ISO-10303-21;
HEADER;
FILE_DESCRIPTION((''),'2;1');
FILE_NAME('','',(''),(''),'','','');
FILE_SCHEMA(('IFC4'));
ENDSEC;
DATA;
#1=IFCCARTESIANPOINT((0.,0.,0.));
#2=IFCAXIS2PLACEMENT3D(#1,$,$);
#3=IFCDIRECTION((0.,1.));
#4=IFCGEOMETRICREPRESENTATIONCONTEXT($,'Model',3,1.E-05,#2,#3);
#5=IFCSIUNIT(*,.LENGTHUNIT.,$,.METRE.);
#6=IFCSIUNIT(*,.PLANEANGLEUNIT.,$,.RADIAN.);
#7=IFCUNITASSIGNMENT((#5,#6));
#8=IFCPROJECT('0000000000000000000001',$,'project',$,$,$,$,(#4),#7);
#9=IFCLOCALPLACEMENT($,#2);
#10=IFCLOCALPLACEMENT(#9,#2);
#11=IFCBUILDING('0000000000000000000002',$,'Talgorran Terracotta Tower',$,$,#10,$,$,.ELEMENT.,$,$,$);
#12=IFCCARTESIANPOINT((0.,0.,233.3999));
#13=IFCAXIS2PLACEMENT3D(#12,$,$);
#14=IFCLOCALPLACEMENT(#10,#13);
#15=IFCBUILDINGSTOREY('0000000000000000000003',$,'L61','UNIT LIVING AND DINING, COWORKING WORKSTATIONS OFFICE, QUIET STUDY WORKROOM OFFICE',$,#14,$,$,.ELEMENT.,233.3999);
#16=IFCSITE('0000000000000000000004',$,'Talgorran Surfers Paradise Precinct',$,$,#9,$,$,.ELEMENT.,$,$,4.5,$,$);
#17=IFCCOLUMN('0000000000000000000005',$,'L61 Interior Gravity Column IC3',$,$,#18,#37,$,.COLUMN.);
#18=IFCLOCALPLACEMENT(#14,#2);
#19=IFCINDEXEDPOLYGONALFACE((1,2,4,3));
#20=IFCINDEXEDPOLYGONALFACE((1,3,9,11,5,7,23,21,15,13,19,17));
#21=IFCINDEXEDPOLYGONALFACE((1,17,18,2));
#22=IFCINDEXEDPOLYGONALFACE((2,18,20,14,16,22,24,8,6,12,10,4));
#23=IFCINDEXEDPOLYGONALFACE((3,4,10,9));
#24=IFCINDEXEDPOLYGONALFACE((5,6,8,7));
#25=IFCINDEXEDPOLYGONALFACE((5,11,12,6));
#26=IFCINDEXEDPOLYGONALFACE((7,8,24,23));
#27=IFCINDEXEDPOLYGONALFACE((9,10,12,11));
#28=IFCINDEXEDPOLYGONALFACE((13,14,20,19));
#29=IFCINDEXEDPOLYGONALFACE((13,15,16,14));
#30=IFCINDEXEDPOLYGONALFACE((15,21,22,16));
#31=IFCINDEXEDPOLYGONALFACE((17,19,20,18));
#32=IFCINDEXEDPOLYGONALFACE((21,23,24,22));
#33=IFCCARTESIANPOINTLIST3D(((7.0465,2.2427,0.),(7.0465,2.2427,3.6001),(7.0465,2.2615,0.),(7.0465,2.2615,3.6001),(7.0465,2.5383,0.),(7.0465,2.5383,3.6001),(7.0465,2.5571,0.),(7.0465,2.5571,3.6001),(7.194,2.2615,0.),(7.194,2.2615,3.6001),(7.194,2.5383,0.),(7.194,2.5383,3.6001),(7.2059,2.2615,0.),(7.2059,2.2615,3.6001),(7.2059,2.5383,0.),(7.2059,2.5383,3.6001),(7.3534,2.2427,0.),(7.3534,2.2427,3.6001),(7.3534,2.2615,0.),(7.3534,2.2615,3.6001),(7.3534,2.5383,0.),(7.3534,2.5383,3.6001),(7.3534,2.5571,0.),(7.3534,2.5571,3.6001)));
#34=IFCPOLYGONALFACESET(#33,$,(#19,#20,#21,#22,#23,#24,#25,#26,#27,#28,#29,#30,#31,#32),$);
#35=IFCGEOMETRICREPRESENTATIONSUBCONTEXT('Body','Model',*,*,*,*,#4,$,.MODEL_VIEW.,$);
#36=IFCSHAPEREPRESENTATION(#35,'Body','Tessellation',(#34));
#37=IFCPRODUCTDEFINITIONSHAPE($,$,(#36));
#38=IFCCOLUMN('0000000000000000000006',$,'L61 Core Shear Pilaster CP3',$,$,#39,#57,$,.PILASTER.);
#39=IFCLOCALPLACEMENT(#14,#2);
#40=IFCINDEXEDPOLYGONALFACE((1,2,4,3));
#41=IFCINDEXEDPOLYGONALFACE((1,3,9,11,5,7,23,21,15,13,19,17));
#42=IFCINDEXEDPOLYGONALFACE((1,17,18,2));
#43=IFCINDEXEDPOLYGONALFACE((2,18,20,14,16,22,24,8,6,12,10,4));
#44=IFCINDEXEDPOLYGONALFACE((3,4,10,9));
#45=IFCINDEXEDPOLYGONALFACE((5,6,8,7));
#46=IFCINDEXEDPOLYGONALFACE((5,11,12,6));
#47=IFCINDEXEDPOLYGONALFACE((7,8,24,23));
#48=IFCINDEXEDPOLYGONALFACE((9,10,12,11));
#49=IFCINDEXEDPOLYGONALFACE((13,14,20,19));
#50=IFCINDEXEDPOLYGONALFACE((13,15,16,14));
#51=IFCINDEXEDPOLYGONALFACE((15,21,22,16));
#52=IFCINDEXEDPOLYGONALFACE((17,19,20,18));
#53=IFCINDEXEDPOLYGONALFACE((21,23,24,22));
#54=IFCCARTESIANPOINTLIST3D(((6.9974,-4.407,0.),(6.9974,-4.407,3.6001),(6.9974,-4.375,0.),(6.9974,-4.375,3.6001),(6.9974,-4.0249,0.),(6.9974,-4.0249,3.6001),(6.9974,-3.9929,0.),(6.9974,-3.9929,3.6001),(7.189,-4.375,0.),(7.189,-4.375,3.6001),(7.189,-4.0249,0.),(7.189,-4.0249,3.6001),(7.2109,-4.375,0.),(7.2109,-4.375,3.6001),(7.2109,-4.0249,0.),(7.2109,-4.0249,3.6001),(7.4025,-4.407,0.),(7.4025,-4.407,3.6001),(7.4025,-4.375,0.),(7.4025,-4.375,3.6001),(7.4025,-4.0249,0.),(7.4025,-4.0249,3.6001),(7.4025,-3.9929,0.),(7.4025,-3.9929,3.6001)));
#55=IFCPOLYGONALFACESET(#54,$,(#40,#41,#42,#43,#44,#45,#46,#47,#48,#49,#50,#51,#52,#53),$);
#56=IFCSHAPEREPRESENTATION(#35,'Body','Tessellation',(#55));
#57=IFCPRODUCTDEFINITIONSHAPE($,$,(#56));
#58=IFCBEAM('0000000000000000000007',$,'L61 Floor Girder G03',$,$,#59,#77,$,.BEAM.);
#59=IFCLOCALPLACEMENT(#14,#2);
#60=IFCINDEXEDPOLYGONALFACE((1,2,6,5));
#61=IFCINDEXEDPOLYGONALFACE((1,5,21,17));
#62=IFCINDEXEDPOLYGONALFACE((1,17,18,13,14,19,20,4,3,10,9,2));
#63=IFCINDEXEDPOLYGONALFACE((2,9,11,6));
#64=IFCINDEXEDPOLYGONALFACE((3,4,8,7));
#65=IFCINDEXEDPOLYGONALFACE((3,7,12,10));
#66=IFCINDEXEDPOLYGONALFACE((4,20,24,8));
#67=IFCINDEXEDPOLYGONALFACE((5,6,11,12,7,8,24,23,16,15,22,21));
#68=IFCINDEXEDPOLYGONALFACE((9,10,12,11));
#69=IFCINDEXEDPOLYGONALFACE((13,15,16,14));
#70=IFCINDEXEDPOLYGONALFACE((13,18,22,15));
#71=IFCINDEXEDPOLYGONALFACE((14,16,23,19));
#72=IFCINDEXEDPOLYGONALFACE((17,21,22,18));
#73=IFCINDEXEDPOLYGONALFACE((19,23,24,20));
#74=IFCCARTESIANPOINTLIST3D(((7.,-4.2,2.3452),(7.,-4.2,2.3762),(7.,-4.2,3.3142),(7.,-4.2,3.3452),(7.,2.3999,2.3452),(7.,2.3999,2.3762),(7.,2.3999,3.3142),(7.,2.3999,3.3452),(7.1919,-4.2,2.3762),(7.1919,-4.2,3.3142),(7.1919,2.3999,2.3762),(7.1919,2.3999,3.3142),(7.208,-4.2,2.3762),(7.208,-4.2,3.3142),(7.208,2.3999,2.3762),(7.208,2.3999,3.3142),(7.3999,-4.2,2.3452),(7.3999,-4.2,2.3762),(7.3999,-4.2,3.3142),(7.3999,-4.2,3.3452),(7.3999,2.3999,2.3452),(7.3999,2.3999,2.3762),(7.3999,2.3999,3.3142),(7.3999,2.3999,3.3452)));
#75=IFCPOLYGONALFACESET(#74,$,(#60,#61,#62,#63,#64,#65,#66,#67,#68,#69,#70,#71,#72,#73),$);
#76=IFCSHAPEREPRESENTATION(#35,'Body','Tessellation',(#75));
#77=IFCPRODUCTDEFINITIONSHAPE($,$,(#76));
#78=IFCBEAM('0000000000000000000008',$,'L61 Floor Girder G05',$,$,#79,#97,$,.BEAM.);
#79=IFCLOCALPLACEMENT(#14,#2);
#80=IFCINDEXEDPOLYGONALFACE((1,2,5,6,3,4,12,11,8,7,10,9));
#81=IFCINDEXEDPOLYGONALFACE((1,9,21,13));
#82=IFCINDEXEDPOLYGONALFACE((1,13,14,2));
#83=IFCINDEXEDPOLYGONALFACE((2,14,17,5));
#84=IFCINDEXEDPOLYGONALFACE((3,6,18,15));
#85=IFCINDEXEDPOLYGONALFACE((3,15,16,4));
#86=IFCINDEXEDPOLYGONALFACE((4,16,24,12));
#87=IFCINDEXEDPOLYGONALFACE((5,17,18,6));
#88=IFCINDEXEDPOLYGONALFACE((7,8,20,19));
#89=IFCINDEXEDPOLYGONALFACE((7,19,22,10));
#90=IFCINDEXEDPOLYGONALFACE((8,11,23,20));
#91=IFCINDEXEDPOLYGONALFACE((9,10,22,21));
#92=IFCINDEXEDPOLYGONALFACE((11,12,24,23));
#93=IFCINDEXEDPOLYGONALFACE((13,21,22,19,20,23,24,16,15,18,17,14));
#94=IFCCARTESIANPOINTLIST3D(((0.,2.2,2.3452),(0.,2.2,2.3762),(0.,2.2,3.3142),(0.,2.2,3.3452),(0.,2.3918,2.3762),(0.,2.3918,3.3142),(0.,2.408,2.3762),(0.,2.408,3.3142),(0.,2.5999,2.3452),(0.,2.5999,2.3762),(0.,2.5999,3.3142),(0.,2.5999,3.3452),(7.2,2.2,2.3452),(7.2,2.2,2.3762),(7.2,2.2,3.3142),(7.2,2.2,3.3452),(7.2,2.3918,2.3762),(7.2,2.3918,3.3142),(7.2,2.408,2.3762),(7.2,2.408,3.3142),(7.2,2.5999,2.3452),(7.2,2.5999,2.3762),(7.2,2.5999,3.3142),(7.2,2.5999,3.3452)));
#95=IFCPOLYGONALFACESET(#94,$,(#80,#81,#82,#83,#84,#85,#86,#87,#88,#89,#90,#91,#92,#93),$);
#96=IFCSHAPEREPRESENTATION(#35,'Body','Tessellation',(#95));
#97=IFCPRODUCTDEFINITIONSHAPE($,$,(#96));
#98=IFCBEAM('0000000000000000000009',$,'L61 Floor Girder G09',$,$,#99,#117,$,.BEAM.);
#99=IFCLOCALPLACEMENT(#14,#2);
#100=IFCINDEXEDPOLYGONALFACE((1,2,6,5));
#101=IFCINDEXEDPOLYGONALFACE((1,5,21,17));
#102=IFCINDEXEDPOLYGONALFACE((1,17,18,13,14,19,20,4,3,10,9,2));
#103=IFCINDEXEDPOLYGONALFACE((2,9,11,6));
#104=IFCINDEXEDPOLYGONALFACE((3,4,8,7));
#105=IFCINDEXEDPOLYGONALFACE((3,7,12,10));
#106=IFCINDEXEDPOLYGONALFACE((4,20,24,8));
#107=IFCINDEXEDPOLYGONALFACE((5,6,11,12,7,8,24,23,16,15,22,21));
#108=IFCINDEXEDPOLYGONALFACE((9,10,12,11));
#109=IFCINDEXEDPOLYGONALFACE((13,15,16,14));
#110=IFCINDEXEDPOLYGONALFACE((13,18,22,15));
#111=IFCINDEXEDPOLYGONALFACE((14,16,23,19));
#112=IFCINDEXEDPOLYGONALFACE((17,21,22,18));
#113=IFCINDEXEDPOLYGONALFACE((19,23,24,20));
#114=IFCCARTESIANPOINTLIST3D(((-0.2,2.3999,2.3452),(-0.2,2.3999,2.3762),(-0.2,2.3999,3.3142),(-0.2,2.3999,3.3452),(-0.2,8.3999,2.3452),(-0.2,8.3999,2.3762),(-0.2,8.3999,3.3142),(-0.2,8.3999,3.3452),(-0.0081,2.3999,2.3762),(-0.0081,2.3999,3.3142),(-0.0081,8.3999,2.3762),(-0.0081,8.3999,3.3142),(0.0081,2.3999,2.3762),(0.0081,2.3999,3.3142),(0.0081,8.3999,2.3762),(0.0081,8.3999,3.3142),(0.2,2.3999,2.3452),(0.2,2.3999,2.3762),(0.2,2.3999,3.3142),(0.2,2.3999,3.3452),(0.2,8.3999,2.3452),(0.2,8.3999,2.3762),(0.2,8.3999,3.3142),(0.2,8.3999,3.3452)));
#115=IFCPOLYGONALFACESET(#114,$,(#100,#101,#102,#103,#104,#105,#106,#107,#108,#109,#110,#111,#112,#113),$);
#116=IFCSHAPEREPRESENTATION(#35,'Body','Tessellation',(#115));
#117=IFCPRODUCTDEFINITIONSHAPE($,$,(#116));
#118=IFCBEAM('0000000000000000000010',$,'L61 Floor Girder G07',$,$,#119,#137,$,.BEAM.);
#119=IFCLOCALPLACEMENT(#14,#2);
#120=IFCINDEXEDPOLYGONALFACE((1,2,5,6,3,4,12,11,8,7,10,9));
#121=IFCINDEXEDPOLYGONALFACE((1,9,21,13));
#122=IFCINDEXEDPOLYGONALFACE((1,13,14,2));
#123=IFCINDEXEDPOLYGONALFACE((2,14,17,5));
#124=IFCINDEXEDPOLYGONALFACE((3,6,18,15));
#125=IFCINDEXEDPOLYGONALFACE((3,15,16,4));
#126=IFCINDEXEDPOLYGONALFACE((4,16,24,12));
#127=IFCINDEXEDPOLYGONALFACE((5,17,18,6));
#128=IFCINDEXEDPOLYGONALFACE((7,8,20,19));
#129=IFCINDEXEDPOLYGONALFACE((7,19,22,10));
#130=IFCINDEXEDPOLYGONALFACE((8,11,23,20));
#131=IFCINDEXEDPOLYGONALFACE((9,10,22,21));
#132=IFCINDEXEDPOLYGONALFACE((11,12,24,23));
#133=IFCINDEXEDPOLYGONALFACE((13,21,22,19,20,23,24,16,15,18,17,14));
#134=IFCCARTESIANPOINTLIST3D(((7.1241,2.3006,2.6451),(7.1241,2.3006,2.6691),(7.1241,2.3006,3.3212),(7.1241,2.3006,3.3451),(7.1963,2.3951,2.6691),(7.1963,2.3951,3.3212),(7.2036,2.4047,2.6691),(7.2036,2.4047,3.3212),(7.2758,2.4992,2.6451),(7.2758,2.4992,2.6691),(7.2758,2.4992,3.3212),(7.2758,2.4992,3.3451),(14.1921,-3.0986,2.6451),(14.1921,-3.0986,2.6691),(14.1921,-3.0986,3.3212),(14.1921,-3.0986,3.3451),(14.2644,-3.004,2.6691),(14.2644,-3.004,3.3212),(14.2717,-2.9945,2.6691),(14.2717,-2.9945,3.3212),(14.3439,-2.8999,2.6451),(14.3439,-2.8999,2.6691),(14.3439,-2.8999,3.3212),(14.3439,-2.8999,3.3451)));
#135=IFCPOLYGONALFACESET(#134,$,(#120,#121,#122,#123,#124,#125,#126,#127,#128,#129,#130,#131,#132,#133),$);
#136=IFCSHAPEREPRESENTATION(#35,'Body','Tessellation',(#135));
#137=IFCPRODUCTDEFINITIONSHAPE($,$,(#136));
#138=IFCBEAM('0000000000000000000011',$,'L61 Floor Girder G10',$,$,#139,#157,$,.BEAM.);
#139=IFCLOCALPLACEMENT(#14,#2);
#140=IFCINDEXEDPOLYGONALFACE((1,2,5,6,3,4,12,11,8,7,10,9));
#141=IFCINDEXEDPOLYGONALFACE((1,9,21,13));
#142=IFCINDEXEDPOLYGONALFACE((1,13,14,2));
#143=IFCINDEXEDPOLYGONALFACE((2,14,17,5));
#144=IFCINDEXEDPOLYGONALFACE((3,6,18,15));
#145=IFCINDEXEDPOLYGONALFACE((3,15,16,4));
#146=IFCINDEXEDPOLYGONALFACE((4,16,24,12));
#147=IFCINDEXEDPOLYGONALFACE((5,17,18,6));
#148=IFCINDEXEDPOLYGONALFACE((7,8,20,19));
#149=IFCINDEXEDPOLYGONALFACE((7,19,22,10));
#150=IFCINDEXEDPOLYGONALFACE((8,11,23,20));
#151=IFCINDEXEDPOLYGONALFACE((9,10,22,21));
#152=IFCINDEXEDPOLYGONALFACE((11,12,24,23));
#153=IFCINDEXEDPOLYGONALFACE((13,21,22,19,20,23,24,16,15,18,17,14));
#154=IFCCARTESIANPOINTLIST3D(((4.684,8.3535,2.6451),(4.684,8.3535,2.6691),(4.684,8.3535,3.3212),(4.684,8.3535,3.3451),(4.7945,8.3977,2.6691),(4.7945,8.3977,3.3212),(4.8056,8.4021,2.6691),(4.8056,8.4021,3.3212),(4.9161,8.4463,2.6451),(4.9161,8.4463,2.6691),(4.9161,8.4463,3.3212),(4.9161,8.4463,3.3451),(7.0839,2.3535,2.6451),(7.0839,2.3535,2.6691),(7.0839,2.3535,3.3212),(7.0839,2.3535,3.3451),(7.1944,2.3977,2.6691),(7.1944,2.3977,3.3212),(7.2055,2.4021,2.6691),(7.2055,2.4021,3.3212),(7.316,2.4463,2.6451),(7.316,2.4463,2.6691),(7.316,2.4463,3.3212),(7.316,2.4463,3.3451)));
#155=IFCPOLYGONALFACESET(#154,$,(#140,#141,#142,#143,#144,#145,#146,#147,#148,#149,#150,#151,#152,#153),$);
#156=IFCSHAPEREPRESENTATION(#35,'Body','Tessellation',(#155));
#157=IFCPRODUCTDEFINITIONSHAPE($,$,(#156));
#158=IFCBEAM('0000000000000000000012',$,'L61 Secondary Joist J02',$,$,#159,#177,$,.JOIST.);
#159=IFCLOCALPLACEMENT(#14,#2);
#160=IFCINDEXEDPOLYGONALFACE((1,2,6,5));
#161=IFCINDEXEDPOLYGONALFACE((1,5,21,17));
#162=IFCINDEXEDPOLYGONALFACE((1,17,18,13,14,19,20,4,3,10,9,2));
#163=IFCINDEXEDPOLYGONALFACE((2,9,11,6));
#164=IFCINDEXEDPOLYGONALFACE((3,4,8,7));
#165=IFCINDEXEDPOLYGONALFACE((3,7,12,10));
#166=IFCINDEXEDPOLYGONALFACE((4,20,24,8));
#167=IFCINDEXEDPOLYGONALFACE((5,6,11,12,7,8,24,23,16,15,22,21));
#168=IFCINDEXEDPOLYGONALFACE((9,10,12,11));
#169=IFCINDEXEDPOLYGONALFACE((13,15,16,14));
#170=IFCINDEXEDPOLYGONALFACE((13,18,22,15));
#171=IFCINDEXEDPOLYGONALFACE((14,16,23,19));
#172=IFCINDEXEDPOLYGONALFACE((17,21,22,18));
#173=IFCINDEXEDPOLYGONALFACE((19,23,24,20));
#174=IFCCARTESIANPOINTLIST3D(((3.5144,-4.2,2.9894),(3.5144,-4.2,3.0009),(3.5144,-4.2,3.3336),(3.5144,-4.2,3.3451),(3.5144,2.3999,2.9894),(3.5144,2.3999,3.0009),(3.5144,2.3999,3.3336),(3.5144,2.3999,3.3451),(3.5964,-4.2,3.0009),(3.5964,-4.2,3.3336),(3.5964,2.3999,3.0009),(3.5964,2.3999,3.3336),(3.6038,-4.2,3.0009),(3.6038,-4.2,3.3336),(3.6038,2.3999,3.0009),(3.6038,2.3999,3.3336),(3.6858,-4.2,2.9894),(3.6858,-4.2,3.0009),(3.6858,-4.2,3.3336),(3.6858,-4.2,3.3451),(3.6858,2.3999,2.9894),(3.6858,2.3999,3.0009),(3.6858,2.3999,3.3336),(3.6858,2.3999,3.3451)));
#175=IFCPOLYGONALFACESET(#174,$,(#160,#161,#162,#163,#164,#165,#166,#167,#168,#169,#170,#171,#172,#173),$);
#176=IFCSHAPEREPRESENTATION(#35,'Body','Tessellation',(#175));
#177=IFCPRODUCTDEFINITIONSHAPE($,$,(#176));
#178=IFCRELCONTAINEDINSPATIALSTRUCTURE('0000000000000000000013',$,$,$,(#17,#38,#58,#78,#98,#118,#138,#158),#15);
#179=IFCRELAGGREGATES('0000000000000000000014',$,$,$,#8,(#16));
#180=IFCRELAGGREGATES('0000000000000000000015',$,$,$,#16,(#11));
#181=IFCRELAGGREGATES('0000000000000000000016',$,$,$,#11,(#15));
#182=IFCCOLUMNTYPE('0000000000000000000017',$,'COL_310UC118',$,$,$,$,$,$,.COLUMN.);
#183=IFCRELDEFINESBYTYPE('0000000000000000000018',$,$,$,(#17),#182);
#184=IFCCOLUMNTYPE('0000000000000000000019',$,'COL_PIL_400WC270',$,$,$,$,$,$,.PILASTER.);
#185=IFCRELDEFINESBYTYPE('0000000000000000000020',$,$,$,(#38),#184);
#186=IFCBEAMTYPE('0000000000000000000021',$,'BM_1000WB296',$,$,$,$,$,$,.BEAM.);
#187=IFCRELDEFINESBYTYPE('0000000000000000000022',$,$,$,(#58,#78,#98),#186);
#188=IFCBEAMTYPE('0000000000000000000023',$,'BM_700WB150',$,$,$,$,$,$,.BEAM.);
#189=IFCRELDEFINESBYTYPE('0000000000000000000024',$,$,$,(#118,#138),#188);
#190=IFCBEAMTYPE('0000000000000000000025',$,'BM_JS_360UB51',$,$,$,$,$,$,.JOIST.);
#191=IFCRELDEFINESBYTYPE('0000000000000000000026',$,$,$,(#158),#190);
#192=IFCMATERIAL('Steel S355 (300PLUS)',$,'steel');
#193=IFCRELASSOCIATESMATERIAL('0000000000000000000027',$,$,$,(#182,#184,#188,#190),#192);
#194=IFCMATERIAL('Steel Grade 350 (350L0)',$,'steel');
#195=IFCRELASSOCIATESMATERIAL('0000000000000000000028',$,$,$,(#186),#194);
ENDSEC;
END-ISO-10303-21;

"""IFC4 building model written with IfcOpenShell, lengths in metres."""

from ifc_helpers import new_model, si_unit, direction, frame, origin, origin_2d, place, context, subcontext, project, spatial, i_section, extrude, material, material_profile, profile_set, type_object, element, save


model = new_model("IFC4")

# Units and contexts
model_context = context("Model", 3, precision=1e-05, world=origin(), true_north=direction((0.0, 1.0)))
body_context = subcontext(model_context, "Body", "Model", "MODEL_VIEW")
ifc_project = project(units=[si_unit("LENGTHUNIT", "METRE"), si_unit("PLANEANGLEUNIT", "RADIAN")], contexts=[model_context])

# Site, building, storey
site_placement = place(None, origin())
site = spatial("IfcSite", under=ifc_project, at=site_placement, Name="Talgorran Surfers Paradise Precinct", CompositionType="ELEMENT", RefElevation=4.5)
building_placement = place(site_placement, origin())
building = spatial("IfcBuilding", under=site, at=building_placement, Name="Talgorran Terracotta Tower", CompositionType="ELEMENT")
storey_placement = place(building_placement, frame((0.0, 0.0, 233.3999)))
storey = spatial("IfcBuildingStorey", under=building, at=storey_placement, Name="L61", Description="UNIT LIVING AND DINING, COWORKING WORKSTATIONS OFFICE, QUIET STUDY WORKROOM OFFICE", CompositionType="ELEMENT", Elevation=233.3999)

# Columns
ifc_material_1 = material(Name="Steel S355 (300PLUS)", Category="steel")
ifc_material_profile_1 = material_profile(ifc_material_1, i_section(OverallWidth=0.3069, OverallDepth=0.3145, WebThickness=0.012, FlangeThickness=0.0188, at=origin_2d()), Name="310UC118")
ifc_profile_set_1 = profile_set([ifc_material_profile_1], Name="Steel S355 (300PLUS)")
column_type_1 = type_object("IfcColumnType", Name="COL_310UC118", PredefinedType="COLUMN", material=ifc_profile_set_1)
column_1_placement = place(storey_placement, frame((7.2, 2.3999, 0.0), z_axis=(0.0, 0.0, 1.0), x_axis=(1.0, 0.0, 0.0)))
element("IfcColumn", 1, at=column_1_placement, inside=storey, type_object=column_type_1, Name="L61 Interior Gravity Column IC3", PredefinedType="COLUMN", context=body_context, shape_type="SweptSolid", body=[
    extrude(i_section(OverallWidth=0.3069, OverallDepth=0.3145, WebThickness=0.012, FlangeThickness=0.0188, at=origin_2d()), origin(), (0.0, 0.0, 1.0), 3.6001),
])
ifc_material_profile_2 = material_profile(ifc_material_1, i_section(OverallWidth=0.405, OverallDepth=0.4141, WebThickness=0.022, FlangeThickness=0.032, at=origin_2d()), Name="400WC270")
ifc_profile_set_2 = profile_set([ifc_material_profile_2], Name="Steel S355 (300PLUS)")
column_type_2 = type_object("IfcColumnType", Name="COL_PIL_400WC270", PredefinedType="PILASTER", material=ifc_profile_set_2)
column_2_placement = place(storey_placement, frame((7.2, -4.2, 0.0), z_axis=(0.0, 0.0, 1.0), x_axis=(1.0, 0.0, 0.0)))
element("IfcColumn", 2, at=column_2_placement, inside=storey, type_object=column_type_2, Name="L61 Core Shear Pilaster CP3", PredefinedType="PILASTER", context=body_context, shape_type="SweptSolid", body=[
    extrude(i_section(OverallWidth=0.405, OverallDepth=0.4141, WebThickness=0.022, FlangeThickness=0.032, at=origin_2d()), origin(), (0.0, 0.0, 1.0), 3.6001),
])

# Beams
ifc_material_2 = material(Name="Steel Grade 350 (350L0)", Category="steel")
ifc_material_profile_3 = material_profile(ifc_material_2, i_section(OverallWidth=0.3999, OverallDepth=1.0, WebThickness=0.0161, FlangeThickness=0.031, at=origin_2d()), Name="1000WB296")
ifc_profile_set_3 = profile_set([ifc_material_profile_3], Name="Steel Grade 350 (350L0)")
beam_type_1 = type_object("IfcBeamType", Name="BM_1000WB296", PredefinedType="BEAM", material=ifc_profile_set_3)
beam_1_placement = place(storey_placement, frame((7.2, -4.2, 2.8452), z_axis=(0.0, 1.0, 0.0), x_axis=(-1.0, 0.0, 0.0)))
element("IfcBeam", 3, at=beam_1_placement, inside=storey, type_object=beam_type_1, Name="L61 Floor Girder G03", PredefinedType="BEAM", context=body_context, shape_type="SweptSolid", body=[
    extrude(i_section(OverallWidth=0.3999, OverallDepth=1.0, WebThickness=0.0161, FlangeThickness=0.031, at=origin_2d()), origin(), (0.0, 0.0, 1.0), 6.5999),
])
beam_2_placement = place(storey_placement, frame((0.0, 2.3999, 2.8452), z_axis=(1.0, 0.0, 0.0), x_axis=(0.0, 1.0, 0.0)))
element("IfcBeam", 4, at=beam_2_placement, inside=storey, type_object=beam_type_1, Name="L61 Floor Girder G05", PredefinedType="BEAM", context=body_context, shape_type="SweptSolid", body=[
    extrude(i_section(OverallWidth=0.3999, OverallDepth=1.0, WebThickness=0.0161, FlangeThickness=0.031, at=origin_2d()), origin(), (0.0, 0.0, 1.0), 7.2),
])
beam_3_placement = place(storey_placement, frame((0.0, 2.3999, 2.8452), z_axis=(0.0, 1.0, 0.0), x_axis=(-1.0, 0.0, 0.0)))
element("IfcBeam", 5, at=beam_3_placement, inside=storey, type_object=beam_type_1, Name="L61 Floor Girder G09", PredefinedType="BEAM", context=body_context, shape_type="SweptSolid", body=[
    extrude(i_section(OverallWidth=0.3999, OverallDepth=1.0, WebThickness=0.0161, FlangeThickness=0.031, at=origin_2d()), origin(), (0.0, 0.0, 1.0), 6.0),
])
ifc_material_profile_4 = material_profile(ifc_material_1, i_section(OverallWidth=0.25, OverallDepth=0.7, WebThickness=0.012, FlangeThickness=0.0239, at=origin_2d()), Name="700WB150")
ifc_profile_set_4 = profile_set([ifc_material_profile_4], Name="Steel S355 (300PLUS)")
beam_type_2 = type_object("IfcBeamType", Name="BM_700WB150", PredefinedType="BEAM", material=ifc_profile_set_4)
beam_4_placement = place(storey_placement, frame((7.2, 2.3999, 2.9951), z_axis=(0.794676, -0.607034, 0.0), x_axis=(0.607034, 0.794676, 0.0)))
element("IfcBeam", 6, at=beam_4_placement, inside=storey, type_object=beam_type_2, Name="L61 Floor Girder G07", PredefinedType="BEAM", context=body_context, shape_type="SweptSolid", body=[
    extrude(i_section(OverallWidth=0.25, OverallDepth=0.7, WebThickness=0.012, FlangeThickness=0.0239, at=origin_2d()), origin(), (0.0, 0.0, 1.0), 8.8943),
])
beam_5_placement = place(storey_placement, frame((7.2, 2.3999, 2.9951), z_axis=(-0.371378, 0.928482, 0.0), x_axis=(-0.928482, -0.371378, 0.0)))
element("IfcBeam", 7, at=beam_5_placement, inside=storey, type_object=beam_type_2, Name="L61 Floor Girder G10", PredefinedType="BEAM", context=body_context, shape_type="SweptSolid", body=[
    extrude(i_section(OverallWidth=0.25, OverallDepth=0.7, WebThickness=0.012, FlangeThickness=0.0239, at=origin_2d()), origin(), (0.0, 0.0, 1.0), 6.4622),
])
ifc_material_profile_5 = material_profile(ifc_material_1, i_section(OverallWidth=0.1714, OverallDepth=0.3557, WebThickness=0.0073, FlangeThickness=0.0115, at=origin_2d()), Name="360UB50.7")
ifc_profile_set_5 = profile_set([ifc_material_profile_5], Name="Steel S355 (300PLUS)")
beam_type_3 = type_object("IfcBeamType", Name="BM_JS_360UB51", PredefinedType="JOIST", material=ifc_profile_set_5)
beam_6_placement = place(storey_placement, frame((3.6001, -4.2, 3.1672), z_axis=(0.0, 1.0, 0.0), x_axis=(-1.0, 0.0, 0.0)))
element("IfcBeam", 8, at=beam_6_placement, inside=storey, type_object=beam_type_3, Name="L61 Secondary Joist J02", PredefinedType="JOIST", context=body_context, shape_type="SweptSolid", body=[
    extrude(i_section(OverallWidth=0.1714, OverallDepth=0.3557, WebThickness=0.0073, FlangeThickness=0.0115, at=origin_2d()), origin(), (0.0, 0.0, 1.0), 6.5999),
])

save(model, "model.ifc")
